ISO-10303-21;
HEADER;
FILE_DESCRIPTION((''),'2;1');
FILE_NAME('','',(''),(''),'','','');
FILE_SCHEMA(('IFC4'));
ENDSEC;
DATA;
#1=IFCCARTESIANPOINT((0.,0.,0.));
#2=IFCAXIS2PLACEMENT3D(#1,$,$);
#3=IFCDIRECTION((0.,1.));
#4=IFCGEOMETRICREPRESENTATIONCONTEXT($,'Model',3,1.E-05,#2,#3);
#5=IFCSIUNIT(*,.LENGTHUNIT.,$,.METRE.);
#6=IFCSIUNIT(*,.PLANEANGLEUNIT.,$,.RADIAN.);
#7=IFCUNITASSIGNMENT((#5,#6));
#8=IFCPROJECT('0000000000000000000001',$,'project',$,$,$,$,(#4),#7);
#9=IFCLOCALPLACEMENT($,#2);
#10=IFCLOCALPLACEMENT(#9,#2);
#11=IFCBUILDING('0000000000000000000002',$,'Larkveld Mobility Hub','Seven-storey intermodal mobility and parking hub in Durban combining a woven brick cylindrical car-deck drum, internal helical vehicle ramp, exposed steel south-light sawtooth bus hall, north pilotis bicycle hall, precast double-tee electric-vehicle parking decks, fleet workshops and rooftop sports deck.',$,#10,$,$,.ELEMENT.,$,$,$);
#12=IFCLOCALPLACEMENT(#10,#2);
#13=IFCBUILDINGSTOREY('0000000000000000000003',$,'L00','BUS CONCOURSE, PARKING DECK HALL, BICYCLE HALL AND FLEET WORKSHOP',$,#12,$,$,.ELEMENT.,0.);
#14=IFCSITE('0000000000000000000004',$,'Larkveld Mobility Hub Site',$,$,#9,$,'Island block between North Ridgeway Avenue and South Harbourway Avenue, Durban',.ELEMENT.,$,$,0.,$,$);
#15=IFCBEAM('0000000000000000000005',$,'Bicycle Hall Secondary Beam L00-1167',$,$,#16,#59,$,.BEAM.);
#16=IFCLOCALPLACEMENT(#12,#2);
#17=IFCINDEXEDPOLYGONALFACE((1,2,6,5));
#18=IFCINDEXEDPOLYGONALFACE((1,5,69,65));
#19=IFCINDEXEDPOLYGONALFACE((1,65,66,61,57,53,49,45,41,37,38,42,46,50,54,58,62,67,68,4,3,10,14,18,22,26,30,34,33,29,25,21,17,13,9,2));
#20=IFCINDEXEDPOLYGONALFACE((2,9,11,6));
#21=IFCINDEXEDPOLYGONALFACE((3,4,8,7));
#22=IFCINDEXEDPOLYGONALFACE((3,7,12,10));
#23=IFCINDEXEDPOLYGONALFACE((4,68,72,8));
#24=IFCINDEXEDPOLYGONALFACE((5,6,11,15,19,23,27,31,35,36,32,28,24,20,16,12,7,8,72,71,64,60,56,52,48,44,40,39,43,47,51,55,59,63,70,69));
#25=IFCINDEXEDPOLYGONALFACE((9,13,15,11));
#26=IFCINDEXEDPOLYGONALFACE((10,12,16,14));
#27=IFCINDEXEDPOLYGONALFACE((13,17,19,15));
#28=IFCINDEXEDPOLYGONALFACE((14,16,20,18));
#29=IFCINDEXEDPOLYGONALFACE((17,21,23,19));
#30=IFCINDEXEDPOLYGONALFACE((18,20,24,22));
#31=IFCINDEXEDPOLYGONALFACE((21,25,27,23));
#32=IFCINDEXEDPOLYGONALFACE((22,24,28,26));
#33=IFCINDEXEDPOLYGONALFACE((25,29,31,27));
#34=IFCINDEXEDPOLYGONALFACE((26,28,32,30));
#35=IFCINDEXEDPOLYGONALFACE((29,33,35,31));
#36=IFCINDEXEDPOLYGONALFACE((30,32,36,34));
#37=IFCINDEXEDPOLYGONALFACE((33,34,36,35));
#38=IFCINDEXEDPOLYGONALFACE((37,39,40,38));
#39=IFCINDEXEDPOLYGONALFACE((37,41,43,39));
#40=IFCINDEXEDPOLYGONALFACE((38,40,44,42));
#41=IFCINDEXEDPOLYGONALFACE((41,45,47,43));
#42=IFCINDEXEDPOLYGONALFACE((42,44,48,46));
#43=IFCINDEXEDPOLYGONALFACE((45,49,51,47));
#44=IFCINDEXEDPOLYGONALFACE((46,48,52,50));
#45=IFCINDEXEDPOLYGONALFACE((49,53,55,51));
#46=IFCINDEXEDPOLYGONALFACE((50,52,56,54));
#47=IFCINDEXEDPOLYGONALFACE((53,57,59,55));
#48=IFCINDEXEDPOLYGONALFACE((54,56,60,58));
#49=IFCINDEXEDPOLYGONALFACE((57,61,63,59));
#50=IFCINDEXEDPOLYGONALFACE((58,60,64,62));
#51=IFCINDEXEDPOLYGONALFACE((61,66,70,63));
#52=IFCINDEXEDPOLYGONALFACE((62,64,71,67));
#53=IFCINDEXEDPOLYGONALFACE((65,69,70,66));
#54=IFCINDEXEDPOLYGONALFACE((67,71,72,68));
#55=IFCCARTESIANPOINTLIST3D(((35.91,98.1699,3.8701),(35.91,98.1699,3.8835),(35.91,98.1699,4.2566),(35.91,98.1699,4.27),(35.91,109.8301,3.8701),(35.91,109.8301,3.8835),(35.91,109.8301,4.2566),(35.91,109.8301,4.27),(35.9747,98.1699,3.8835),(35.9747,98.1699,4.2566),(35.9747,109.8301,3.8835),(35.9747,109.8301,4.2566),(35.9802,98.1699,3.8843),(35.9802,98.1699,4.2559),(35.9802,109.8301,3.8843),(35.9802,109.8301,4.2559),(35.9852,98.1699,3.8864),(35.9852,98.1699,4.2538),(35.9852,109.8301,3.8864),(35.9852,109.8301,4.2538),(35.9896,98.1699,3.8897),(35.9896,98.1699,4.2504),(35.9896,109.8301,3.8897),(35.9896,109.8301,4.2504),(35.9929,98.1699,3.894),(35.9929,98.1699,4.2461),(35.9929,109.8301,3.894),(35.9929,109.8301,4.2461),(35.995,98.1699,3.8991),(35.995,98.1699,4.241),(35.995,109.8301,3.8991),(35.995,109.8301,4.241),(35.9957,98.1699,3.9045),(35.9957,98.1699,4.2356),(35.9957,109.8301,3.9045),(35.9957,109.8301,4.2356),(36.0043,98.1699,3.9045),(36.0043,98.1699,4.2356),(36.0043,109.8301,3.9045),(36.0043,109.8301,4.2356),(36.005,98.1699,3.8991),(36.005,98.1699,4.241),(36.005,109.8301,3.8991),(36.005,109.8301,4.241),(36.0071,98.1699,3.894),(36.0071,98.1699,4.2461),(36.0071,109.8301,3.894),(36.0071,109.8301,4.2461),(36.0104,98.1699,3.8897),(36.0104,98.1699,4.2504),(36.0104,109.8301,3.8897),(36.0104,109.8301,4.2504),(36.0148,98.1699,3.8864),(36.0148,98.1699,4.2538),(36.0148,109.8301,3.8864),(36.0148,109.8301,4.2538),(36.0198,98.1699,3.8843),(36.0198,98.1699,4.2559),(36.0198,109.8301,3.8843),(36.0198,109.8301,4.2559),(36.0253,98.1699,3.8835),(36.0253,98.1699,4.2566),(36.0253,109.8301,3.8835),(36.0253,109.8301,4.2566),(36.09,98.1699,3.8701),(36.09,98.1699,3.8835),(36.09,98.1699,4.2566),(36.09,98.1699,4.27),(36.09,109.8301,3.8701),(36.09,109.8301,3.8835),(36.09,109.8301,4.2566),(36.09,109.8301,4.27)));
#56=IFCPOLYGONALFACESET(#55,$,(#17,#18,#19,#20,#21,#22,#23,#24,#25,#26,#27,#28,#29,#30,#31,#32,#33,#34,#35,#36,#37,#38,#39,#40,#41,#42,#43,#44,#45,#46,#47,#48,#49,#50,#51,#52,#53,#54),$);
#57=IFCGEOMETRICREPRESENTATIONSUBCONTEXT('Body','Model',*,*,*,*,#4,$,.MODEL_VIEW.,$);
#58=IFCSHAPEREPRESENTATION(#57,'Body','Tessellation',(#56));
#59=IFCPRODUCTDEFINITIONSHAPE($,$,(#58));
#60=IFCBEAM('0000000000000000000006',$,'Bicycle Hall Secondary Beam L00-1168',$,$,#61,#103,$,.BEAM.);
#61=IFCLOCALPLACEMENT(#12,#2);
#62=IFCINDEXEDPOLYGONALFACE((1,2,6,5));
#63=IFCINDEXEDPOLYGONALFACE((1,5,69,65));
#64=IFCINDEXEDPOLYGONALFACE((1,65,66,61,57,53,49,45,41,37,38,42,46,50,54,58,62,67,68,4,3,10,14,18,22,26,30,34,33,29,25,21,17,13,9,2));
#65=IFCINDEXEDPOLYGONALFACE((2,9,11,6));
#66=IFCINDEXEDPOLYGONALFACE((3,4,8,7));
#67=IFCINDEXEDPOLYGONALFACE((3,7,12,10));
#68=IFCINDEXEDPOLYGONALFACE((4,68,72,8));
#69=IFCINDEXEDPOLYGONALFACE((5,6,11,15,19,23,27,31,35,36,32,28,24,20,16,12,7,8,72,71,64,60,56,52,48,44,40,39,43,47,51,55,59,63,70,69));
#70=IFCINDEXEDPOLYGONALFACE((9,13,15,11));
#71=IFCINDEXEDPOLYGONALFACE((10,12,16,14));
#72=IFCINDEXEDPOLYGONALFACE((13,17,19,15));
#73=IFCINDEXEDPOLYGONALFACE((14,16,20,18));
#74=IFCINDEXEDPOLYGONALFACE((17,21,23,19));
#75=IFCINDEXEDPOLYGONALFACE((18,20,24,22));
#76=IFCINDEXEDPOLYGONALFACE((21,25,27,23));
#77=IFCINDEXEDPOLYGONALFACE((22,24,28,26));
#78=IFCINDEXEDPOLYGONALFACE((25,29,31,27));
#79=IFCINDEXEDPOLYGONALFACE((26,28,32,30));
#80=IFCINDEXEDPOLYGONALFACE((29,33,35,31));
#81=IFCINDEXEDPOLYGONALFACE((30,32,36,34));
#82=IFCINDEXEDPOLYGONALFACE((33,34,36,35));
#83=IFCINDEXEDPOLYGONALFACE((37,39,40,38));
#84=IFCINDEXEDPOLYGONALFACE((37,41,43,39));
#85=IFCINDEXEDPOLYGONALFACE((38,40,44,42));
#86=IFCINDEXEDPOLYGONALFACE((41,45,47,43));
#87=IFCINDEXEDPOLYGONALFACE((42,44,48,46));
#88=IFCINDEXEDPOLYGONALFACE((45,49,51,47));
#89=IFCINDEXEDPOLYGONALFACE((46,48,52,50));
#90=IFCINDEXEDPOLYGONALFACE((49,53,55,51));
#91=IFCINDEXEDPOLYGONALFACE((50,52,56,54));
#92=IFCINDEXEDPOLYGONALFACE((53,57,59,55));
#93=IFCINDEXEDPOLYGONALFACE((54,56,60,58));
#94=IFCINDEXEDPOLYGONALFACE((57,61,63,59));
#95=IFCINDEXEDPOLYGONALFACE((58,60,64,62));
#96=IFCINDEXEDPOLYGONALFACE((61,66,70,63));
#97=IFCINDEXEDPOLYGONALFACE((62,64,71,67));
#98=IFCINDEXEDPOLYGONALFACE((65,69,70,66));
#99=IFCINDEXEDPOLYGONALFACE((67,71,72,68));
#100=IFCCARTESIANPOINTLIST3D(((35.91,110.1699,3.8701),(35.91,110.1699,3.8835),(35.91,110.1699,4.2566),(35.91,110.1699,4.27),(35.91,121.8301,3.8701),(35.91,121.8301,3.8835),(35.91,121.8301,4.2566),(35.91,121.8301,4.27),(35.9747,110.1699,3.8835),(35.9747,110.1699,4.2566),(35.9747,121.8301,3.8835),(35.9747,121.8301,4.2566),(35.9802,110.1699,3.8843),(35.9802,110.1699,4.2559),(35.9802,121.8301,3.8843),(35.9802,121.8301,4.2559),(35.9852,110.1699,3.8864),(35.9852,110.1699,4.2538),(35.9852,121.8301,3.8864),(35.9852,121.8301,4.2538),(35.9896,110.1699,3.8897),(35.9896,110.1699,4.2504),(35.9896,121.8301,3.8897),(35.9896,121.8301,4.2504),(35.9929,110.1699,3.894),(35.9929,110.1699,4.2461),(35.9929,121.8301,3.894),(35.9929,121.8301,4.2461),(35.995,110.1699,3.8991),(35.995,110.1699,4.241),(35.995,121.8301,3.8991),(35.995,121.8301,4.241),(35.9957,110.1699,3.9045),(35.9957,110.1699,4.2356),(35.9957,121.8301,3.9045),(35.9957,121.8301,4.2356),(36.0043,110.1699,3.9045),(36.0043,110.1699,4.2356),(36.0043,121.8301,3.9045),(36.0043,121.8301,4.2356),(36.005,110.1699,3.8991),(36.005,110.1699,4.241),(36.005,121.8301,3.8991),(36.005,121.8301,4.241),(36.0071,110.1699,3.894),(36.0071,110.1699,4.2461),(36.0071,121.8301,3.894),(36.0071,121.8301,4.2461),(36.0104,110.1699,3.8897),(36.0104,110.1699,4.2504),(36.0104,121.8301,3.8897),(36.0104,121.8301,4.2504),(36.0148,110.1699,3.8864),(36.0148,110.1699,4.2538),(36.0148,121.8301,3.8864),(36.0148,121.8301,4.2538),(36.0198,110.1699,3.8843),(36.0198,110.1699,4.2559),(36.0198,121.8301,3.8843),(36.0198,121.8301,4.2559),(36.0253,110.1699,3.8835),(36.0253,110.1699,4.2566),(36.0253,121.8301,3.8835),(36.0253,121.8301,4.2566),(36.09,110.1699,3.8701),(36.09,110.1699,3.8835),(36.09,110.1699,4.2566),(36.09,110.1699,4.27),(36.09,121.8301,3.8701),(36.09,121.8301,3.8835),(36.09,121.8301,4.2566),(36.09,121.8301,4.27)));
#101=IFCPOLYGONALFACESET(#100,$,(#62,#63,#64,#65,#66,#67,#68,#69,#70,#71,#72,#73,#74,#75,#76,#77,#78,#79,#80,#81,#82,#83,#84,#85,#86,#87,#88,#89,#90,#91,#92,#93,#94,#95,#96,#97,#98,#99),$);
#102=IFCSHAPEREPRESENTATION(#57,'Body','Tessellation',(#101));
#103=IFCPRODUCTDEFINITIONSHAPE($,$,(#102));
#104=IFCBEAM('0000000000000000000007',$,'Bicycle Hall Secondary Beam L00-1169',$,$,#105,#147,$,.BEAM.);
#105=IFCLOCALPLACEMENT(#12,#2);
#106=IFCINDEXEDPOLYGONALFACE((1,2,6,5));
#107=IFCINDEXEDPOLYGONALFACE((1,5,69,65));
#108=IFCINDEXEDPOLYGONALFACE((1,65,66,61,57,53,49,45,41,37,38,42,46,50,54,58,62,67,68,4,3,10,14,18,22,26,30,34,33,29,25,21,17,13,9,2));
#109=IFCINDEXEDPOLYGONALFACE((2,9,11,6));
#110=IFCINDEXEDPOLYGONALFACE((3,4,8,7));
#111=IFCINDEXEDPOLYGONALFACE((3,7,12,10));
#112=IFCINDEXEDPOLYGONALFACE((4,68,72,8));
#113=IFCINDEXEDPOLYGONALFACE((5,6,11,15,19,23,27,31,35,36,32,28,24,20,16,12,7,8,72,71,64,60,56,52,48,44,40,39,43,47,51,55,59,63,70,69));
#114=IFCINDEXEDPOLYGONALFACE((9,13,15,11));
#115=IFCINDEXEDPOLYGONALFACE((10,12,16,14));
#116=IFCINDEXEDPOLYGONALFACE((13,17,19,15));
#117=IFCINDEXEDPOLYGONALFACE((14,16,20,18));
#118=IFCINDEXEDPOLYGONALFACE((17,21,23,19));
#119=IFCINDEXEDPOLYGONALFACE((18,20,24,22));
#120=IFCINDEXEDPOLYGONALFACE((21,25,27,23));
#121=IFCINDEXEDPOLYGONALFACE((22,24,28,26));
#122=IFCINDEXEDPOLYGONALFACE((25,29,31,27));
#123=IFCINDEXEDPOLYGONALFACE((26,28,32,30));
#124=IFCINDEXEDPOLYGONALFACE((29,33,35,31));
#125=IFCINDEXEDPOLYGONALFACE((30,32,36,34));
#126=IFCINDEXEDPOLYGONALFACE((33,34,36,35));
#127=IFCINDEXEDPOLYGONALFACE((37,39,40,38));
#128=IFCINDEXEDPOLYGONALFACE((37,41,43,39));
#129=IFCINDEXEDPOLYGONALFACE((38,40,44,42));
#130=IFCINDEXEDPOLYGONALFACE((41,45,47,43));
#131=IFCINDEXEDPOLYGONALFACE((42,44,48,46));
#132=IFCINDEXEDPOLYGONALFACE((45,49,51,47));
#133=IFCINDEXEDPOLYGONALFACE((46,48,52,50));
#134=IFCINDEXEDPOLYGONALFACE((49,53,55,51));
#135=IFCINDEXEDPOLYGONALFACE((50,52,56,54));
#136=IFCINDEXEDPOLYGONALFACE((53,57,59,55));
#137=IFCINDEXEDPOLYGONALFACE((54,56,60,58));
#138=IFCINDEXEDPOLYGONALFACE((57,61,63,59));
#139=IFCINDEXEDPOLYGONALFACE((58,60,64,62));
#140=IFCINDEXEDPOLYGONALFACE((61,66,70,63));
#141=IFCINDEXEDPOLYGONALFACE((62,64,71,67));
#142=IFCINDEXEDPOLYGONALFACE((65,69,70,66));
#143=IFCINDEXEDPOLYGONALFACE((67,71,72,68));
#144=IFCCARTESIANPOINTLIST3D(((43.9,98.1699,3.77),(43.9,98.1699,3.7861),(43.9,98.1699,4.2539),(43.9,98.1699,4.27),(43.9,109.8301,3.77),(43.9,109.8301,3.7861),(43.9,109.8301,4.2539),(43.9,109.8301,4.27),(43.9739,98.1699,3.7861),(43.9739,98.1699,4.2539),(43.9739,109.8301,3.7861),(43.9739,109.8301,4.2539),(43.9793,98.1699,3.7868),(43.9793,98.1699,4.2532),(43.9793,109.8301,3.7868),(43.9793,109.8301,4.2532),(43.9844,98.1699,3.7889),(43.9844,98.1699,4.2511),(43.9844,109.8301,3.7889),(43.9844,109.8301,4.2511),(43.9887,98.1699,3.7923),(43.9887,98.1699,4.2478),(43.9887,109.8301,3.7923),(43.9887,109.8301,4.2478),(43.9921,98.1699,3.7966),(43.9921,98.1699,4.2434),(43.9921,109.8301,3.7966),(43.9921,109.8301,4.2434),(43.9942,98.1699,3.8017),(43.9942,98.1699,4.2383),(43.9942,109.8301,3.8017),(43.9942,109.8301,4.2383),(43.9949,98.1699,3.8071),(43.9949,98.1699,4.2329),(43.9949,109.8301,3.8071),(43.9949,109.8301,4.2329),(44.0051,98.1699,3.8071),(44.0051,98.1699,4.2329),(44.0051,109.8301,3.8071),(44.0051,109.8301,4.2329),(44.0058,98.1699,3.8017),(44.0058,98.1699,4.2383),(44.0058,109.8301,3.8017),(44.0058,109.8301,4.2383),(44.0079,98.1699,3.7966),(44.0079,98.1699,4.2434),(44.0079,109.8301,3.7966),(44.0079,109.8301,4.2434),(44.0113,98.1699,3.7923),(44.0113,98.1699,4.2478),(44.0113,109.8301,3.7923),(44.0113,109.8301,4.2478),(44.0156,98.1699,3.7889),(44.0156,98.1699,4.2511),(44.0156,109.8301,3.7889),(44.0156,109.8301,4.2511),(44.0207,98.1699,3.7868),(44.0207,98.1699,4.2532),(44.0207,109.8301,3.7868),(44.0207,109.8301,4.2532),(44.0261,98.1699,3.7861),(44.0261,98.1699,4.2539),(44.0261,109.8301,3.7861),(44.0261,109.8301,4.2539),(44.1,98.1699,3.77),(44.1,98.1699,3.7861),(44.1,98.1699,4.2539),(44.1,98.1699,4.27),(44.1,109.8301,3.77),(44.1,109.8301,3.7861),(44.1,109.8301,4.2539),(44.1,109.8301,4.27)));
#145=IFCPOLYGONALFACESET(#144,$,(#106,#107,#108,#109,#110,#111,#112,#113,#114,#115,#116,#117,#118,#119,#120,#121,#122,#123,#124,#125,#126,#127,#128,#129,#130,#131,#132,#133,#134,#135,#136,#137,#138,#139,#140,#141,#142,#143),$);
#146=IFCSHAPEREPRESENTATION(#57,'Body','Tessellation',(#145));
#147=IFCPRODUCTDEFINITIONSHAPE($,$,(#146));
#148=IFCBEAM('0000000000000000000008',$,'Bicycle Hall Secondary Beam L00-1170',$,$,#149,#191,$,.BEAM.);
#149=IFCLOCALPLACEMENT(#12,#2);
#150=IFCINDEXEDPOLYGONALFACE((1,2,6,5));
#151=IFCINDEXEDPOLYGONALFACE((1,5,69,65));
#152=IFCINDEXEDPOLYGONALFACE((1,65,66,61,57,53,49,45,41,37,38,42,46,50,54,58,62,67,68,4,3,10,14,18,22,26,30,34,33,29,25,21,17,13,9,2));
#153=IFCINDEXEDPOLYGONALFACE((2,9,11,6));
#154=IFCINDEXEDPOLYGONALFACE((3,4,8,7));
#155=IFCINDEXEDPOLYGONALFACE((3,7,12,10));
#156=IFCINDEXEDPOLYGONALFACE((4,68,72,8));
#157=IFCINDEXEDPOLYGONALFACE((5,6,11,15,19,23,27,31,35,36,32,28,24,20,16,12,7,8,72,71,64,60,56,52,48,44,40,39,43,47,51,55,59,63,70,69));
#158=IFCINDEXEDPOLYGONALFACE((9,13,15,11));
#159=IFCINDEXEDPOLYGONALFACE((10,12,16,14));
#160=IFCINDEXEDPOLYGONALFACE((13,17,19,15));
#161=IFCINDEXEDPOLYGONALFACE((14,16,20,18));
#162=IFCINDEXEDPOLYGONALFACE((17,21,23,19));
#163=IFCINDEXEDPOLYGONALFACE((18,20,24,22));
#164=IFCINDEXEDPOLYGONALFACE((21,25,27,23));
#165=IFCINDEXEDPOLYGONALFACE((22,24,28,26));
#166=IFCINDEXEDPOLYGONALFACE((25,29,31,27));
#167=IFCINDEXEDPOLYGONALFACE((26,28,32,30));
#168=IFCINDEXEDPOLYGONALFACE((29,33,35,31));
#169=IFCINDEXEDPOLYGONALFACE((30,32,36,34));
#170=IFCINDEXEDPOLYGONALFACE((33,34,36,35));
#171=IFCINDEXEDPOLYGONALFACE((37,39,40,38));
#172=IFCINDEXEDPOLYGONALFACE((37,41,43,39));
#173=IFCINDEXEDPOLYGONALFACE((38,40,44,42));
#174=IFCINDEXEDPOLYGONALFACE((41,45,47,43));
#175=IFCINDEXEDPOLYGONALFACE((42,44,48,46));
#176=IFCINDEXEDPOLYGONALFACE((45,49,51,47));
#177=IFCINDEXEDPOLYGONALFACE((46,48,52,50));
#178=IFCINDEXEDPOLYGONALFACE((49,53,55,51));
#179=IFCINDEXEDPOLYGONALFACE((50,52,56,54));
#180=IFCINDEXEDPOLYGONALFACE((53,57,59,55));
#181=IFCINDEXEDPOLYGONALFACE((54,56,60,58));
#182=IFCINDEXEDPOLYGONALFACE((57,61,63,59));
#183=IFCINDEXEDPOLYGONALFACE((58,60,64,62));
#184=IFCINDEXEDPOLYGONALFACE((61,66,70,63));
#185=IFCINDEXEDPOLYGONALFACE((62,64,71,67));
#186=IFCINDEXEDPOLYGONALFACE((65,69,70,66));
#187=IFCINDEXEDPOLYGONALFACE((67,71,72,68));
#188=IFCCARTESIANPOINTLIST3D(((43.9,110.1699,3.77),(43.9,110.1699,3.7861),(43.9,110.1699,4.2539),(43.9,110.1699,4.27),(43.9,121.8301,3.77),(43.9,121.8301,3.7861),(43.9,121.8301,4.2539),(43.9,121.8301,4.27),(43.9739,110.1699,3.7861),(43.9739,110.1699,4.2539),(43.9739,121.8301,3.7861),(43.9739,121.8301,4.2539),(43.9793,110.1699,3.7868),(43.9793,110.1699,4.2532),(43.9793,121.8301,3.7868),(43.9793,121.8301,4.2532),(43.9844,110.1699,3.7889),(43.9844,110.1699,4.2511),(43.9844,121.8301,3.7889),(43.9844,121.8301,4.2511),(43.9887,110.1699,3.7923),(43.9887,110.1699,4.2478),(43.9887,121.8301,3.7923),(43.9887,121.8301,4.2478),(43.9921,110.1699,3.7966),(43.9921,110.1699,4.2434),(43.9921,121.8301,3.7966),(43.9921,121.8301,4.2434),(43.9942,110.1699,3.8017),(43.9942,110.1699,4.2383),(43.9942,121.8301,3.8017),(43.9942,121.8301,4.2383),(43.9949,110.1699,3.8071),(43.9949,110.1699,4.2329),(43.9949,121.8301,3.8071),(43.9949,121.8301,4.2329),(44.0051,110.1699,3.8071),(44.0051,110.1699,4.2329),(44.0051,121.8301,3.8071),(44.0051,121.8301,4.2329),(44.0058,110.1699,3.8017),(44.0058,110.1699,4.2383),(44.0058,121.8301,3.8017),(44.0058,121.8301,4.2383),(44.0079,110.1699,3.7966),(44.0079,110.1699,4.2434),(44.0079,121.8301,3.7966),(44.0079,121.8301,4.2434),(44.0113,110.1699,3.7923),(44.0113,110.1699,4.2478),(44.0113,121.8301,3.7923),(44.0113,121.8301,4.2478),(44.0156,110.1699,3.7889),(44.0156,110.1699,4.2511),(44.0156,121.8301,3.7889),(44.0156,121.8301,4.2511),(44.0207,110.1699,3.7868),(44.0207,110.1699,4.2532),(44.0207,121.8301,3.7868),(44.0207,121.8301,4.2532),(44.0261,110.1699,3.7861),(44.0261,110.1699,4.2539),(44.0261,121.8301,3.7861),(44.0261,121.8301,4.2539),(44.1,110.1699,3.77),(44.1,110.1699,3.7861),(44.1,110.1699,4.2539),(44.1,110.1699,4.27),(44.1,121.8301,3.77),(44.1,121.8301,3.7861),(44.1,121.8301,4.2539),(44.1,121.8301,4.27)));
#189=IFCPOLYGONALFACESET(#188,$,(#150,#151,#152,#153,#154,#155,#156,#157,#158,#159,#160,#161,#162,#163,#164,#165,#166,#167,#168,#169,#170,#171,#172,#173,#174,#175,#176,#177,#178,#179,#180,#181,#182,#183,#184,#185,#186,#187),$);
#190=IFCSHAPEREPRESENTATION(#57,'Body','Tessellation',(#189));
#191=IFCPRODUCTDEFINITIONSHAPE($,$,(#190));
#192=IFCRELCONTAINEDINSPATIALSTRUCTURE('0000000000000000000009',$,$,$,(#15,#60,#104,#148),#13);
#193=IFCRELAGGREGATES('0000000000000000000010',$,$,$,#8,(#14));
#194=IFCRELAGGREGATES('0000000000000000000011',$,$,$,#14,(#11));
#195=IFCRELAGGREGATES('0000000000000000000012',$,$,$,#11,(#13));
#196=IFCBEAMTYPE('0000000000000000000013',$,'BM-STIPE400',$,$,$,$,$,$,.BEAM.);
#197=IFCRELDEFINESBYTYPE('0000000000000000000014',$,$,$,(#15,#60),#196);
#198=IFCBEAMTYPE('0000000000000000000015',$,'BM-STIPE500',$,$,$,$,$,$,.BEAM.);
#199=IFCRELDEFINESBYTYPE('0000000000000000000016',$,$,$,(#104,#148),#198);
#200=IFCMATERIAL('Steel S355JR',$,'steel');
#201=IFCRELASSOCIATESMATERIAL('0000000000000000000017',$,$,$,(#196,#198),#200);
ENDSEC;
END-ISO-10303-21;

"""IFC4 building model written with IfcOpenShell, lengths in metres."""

from ifc_helpers import new_model, si_unit, direction, frame, origin, origin_2d, place, context, subcontext, project, spatial, i_section, extrude, material, material_profile, profile_set, type_object, element, save


model = new_model("IFC4")

# Units and contexts
model_context = context("Model", 3, precision=1e-05, world=origin(), true_north=direction((0.0, 1.0)))
body_context = subcontext(model_context, "Body", "Model", "MODEL_VIEW")
ifc_project = project(units=[si_unit("LENGTHUNIT", "METRE"), si_unit("PLANEANGLEUNIT", "RADIAN")], contexts=[model_context])

# Site, building, storey
site_placement = place(None, origin())
site = spatial("IfcSite", under=ifc_project, at=site_placement, Name="Larkveld Mobility Hub Site", LongName="Island block between North Ridgeway Avenue and South Harbourway Avenue, Durban", CompositionType="ELEMENT", RefElevation=0.0)
building_placement = place(site_placement, origin())
building = spatial("IfcBuilding", under=site, at=building_placement, Name="Larkveld Mobility Hub", Description="Seven-storey intermodal mobility and parking hub in Durban combining a woven brick cylindrical car-deck drum, internal helical vehicle ramp, exposed steel south-light sawtooth bus hall, north pilotis bicycle hall, precast double-tee electric-vehicle parking decks, fleet workshops and rooftop sports deck.", CompositionType="ELEMENT")
storey_placement = place(building_placement, origin())
storey = spatial("IfcBuildingStorey", under=building, at=storey_placement, Name="L00", Description="BUS CONCOURSE, PARKING DECK HALL, BICYCLE HALL AND FLEET WORKSHOP", CompositionType="ELEMENT", Elevation=0.0)

# Beams
ifc_material_1 = material(Name="Steel S355JR", Category="steel")
ifc_material_profile_1 = material_profile(ifc_material_1, i_section(OverallWidth=0.1799, OverallDepth=0.3999, WebThickness=0.0085, FlangeThickness=0.0134, FilletRadius=0.021, at=origin_2d()), Name="IPE 400")
ifc_profile_set_1 = profile_set([ifc_material_profile_1], Name="Steel S355JR")
beam_type_1 = type_object("IfcBeamType", Name="BM-STIPE400", PredefinedType="BEAM", material=ifc_profile_set_1)
for number, where, z_axis, x_axis, name in (
    (1, (36.0, 98.1699, 4.0701), (0.0, 1.0, 0.0), (-1.0, 0.0, 0.0), "Bicycle Hall Secondary Beam L00-1167"),
    (2, (36.0, 110.1699, 4.0701), (0.0, 1.0, 0.0), (-1.0, 0.0, 0.0), "Bicycle Hall Secondary Beam L00-1168"),
):
    element("IfcBeam", number, at=place(storey_placement, frame(where, z_axis=z_axis, x_axis=x_axis)), inside=storey, type_object=beam_type_1, Name=name, PredefinedType="BEAM", context=body_context, shape_type="SweptSolid", body=[
        extrude(i_section(OverallWidth=0.1799, OverallDepth=0.3999, WebThickness=0.0085, FlangeThickness=0.0134, FilletRadius=0.021, at=origin_2d()), origin(), (0.0, 0.0, 1.0), 11.6602),
    ])
ifc_material_profile_2 = material_profile(ifc_material_1, i_section(OverallWidth=0.2, OverallDepth=0.5, WebThickness=0.0103, FlangeThickness=0.0161, FilletRadius=0.021, at=origin_2d()), Name="IPE 500")
ifc_profile_set_2 = profile_set([ifc_material_profile_2], Name="Steel S355JR")
beam_type_2 = type_object("IfcBeamType", Name="BM-STIPE500", PredefinedType="BEAM", material=ifc_profile_set_2)
for number, where, z_axis, x_axis, name in (
    (3, (44.0, 98.1699, 4.02), (0.0, 1.0, 0.0), (-1.0, 0.0, 0.0), "Bicycle Hall Secondary Beam L00-1169"),
    (4, (44.0, 110.1699, 4.02), (0.0, 1.0, 0.0), (-1.0, 0.0, 0.0), "Bicycle Hall Secondary Beam L00-1170"),
):
    element("IfcBeam", number, at=place(storey_placement, frame(where, z_axis=z_axis, x_axis=x_axis)), inside=storey, type_object=beam_type_2, Name=name, PredefinedType="BEAM", context=body_context, shape_type="SweptSolid", body=[
        extrude(i_section(OverallWidth=0.2, OverallDepth=0.5, WebThickness=0.0103, FlangeThickness=0.0161, FilletRadius=0.021, at=origin_2d()), origin(), (0.0, 0.0, 1.0), 11.6602),
    ])

save(model, "model.ifc")
